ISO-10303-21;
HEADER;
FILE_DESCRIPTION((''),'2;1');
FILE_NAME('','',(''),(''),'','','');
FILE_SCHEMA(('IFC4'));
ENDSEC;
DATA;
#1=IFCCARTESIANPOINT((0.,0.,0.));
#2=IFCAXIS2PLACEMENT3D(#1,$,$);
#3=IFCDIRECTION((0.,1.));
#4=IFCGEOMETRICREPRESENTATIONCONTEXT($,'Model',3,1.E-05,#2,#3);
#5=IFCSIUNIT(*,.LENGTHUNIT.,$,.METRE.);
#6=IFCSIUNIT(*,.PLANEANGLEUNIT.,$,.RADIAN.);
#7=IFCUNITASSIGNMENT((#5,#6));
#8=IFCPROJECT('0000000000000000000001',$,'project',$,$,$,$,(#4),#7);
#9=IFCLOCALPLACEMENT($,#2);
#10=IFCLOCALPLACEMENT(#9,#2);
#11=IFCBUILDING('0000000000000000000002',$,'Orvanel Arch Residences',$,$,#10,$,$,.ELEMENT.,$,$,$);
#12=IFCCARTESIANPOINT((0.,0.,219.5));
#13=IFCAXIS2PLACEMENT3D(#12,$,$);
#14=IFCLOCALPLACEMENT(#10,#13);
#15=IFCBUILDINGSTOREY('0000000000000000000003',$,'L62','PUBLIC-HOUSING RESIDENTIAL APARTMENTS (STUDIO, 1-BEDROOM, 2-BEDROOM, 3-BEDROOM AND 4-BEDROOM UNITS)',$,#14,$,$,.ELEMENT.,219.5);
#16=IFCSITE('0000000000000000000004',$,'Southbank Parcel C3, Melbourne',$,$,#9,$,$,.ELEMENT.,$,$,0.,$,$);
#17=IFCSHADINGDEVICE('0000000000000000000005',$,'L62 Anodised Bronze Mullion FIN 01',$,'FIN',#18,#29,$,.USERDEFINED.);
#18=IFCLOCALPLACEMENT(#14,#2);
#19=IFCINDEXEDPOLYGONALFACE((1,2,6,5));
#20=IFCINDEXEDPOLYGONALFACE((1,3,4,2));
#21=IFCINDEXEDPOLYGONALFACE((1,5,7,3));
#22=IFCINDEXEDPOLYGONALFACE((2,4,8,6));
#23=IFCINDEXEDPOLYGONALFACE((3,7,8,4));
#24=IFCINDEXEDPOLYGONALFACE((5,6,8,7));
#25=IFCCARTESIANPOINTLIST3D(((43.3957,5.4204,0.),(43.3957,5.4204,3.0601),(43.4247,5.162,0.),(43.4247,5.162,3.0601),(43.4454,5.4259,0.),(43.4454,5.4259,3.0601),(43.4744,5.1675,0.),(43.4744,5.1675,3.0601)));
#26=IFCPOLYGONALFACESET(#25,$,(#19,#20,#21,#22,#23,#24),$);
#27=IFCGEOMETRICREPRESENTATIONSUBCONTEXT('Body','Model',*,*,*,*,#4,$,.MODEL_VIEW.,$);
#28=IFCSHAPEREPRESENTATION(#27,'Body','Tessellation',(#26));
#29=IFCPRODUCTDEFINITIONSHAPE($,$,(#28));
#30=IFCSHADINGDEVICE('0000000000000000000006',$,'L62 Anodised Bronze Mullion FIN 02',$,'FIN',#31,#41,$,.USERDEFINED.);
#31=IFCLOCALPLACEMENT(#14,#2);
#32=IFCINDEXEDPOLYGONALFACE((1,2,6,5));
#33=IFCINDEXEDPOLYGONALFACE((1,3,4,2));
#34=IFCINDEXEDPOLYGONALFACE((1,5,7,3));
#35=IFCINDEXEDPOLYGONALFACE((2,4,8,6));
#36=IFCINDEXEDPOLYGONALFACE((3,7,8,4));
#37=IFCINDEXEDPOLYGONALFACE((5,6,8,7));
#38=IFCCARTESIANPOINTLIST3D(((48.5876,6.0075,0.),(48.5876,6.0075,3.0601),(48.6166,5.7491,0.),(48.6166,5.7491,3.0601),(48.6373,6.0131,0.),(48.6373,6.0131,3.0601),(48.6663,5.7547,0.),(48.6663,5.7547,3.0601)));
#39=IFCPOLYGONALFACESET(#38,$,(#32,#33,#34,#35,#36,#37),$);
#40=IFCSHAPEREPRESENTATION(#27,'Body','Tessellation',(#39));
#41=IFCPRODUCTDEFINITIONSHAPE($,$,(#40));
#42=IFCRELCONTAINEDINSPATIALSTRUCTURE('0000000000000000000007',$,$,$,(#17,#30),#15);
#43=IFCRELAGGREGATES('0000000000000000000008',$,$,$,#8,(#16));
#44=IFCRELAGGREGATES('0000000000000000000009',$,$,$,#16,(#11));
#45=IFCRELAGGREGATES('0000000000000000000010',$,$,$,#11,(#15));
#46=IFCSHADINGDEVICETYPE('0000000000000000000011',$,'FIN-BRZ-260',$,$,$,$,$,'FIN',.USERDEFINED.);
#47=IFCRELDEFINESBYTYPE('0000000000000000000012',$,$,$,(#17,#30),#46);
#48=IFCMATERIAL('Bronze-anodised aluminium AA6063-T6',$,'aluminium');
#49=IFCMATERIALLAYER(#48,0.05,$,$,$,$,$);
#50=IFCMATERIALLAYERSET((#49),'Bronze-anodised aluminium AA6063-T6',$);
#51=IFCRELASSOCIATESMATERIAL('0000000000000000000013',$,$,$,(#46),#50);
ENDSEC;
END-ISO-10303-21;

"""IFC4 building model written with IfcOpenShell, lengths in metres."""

from ifc_helpers import new_model, si_unit, direction, frame, origin, origin_2d, place, context, subcontext, project, spatial, rectangle, extrude, material, layer, layer_set, type_object, element, save


model = new_model("IFC4")

# Units and contexts
model_context = context("Model", 3, precision=1e-05, world=origin(), true_north=direction((0.0, 1.0)))
body_context = subcontext(model_context, "Body", "Model", "MODEL_VIEW")
ifc_project = project(units=[si_unit("LENGTHUNIT", "METRE"), si_unit("PLANEANGLEUNIT", "RADIAN")], contexts=[model_context])

# Site, building, storey
site_placement = place(None, origin())
site = spatial("IfcSite", under=ifc_project, at=site_placement, Name="Southbank Parcel C3, Melbourne", CompositionType="ELEMENT", RefElevation=0.0)
building_placement = place(site_placement, origin())
building = spatial("IfcBuilding", under=site, at=building_placement, Name="Orvanel Arch Residences", CompositionType="ELEMENT")
storey_placement = place(building_placement, frame((0.0, 0.0, 219.5)))
storey = spatial("IfcBuildingStorey", under=building, at=storey_placement, Name="L62", Description="PUBLIC-HOUSING RESIDENTIAL APARTMENTS (STUDIO, 1-BEDROOM, 2-BEDROOM, 3-BEDROOM AND 4-BEDROOM UNITS)", CompositionType="ELEMENT", Elevation=219.5)

# Shared definitions
ifc_material_1 = material(Name="Bronze-anodised aluminium AA6063-T6", Category="aluminium")

# Shading devices
ifc_layer_1 = layer(ifc_material_1, 0.05)
ifc_layer_set_1 = layer_set([ifc_layer_1], Name="Bronze-anodised aluminium AA6063-T6")
shading_device_type = type_object("IfcShadingDeviceType", Name="FIN-BRZ-260", ElementType="FIN", PredefinedType="USERDEFINED", material=ifc_layer_set_1)
for number, where, z_axis, x_axis, name in (
    (1, (43.4351, 5.2939, 0.0), (0.0, 0.0, 1.0), (0.111469, -0.993768, 0.0), "L62 Anodised Bronze Mullion FIN 01"),
    (2, (48.627, 5.8811, 0.0), (0.0, 0.0, 1.0), (0.111469, -0.993768, 0.0), "L62 Anodised Bronze Mullion FIN 02"),
):
    element("IfcShadingDevice", number, at=place(storey_placement, frame(where, z_axis=z_axis, x_axis=x_axis)), inside=storey, type_object=shading_device_type, Name=name, ObjectType="FIN", PredefinedType="USERDEFINED", context=body_context, shape_type="SweptSolid", body=[
        extrude(rectangle(XDim=0.26, YDim=0.05, at=origin_2d()), origin(), (0.0, 0.0, 1.0), 3.0601),
    ])

save(model, "model.ifc")
